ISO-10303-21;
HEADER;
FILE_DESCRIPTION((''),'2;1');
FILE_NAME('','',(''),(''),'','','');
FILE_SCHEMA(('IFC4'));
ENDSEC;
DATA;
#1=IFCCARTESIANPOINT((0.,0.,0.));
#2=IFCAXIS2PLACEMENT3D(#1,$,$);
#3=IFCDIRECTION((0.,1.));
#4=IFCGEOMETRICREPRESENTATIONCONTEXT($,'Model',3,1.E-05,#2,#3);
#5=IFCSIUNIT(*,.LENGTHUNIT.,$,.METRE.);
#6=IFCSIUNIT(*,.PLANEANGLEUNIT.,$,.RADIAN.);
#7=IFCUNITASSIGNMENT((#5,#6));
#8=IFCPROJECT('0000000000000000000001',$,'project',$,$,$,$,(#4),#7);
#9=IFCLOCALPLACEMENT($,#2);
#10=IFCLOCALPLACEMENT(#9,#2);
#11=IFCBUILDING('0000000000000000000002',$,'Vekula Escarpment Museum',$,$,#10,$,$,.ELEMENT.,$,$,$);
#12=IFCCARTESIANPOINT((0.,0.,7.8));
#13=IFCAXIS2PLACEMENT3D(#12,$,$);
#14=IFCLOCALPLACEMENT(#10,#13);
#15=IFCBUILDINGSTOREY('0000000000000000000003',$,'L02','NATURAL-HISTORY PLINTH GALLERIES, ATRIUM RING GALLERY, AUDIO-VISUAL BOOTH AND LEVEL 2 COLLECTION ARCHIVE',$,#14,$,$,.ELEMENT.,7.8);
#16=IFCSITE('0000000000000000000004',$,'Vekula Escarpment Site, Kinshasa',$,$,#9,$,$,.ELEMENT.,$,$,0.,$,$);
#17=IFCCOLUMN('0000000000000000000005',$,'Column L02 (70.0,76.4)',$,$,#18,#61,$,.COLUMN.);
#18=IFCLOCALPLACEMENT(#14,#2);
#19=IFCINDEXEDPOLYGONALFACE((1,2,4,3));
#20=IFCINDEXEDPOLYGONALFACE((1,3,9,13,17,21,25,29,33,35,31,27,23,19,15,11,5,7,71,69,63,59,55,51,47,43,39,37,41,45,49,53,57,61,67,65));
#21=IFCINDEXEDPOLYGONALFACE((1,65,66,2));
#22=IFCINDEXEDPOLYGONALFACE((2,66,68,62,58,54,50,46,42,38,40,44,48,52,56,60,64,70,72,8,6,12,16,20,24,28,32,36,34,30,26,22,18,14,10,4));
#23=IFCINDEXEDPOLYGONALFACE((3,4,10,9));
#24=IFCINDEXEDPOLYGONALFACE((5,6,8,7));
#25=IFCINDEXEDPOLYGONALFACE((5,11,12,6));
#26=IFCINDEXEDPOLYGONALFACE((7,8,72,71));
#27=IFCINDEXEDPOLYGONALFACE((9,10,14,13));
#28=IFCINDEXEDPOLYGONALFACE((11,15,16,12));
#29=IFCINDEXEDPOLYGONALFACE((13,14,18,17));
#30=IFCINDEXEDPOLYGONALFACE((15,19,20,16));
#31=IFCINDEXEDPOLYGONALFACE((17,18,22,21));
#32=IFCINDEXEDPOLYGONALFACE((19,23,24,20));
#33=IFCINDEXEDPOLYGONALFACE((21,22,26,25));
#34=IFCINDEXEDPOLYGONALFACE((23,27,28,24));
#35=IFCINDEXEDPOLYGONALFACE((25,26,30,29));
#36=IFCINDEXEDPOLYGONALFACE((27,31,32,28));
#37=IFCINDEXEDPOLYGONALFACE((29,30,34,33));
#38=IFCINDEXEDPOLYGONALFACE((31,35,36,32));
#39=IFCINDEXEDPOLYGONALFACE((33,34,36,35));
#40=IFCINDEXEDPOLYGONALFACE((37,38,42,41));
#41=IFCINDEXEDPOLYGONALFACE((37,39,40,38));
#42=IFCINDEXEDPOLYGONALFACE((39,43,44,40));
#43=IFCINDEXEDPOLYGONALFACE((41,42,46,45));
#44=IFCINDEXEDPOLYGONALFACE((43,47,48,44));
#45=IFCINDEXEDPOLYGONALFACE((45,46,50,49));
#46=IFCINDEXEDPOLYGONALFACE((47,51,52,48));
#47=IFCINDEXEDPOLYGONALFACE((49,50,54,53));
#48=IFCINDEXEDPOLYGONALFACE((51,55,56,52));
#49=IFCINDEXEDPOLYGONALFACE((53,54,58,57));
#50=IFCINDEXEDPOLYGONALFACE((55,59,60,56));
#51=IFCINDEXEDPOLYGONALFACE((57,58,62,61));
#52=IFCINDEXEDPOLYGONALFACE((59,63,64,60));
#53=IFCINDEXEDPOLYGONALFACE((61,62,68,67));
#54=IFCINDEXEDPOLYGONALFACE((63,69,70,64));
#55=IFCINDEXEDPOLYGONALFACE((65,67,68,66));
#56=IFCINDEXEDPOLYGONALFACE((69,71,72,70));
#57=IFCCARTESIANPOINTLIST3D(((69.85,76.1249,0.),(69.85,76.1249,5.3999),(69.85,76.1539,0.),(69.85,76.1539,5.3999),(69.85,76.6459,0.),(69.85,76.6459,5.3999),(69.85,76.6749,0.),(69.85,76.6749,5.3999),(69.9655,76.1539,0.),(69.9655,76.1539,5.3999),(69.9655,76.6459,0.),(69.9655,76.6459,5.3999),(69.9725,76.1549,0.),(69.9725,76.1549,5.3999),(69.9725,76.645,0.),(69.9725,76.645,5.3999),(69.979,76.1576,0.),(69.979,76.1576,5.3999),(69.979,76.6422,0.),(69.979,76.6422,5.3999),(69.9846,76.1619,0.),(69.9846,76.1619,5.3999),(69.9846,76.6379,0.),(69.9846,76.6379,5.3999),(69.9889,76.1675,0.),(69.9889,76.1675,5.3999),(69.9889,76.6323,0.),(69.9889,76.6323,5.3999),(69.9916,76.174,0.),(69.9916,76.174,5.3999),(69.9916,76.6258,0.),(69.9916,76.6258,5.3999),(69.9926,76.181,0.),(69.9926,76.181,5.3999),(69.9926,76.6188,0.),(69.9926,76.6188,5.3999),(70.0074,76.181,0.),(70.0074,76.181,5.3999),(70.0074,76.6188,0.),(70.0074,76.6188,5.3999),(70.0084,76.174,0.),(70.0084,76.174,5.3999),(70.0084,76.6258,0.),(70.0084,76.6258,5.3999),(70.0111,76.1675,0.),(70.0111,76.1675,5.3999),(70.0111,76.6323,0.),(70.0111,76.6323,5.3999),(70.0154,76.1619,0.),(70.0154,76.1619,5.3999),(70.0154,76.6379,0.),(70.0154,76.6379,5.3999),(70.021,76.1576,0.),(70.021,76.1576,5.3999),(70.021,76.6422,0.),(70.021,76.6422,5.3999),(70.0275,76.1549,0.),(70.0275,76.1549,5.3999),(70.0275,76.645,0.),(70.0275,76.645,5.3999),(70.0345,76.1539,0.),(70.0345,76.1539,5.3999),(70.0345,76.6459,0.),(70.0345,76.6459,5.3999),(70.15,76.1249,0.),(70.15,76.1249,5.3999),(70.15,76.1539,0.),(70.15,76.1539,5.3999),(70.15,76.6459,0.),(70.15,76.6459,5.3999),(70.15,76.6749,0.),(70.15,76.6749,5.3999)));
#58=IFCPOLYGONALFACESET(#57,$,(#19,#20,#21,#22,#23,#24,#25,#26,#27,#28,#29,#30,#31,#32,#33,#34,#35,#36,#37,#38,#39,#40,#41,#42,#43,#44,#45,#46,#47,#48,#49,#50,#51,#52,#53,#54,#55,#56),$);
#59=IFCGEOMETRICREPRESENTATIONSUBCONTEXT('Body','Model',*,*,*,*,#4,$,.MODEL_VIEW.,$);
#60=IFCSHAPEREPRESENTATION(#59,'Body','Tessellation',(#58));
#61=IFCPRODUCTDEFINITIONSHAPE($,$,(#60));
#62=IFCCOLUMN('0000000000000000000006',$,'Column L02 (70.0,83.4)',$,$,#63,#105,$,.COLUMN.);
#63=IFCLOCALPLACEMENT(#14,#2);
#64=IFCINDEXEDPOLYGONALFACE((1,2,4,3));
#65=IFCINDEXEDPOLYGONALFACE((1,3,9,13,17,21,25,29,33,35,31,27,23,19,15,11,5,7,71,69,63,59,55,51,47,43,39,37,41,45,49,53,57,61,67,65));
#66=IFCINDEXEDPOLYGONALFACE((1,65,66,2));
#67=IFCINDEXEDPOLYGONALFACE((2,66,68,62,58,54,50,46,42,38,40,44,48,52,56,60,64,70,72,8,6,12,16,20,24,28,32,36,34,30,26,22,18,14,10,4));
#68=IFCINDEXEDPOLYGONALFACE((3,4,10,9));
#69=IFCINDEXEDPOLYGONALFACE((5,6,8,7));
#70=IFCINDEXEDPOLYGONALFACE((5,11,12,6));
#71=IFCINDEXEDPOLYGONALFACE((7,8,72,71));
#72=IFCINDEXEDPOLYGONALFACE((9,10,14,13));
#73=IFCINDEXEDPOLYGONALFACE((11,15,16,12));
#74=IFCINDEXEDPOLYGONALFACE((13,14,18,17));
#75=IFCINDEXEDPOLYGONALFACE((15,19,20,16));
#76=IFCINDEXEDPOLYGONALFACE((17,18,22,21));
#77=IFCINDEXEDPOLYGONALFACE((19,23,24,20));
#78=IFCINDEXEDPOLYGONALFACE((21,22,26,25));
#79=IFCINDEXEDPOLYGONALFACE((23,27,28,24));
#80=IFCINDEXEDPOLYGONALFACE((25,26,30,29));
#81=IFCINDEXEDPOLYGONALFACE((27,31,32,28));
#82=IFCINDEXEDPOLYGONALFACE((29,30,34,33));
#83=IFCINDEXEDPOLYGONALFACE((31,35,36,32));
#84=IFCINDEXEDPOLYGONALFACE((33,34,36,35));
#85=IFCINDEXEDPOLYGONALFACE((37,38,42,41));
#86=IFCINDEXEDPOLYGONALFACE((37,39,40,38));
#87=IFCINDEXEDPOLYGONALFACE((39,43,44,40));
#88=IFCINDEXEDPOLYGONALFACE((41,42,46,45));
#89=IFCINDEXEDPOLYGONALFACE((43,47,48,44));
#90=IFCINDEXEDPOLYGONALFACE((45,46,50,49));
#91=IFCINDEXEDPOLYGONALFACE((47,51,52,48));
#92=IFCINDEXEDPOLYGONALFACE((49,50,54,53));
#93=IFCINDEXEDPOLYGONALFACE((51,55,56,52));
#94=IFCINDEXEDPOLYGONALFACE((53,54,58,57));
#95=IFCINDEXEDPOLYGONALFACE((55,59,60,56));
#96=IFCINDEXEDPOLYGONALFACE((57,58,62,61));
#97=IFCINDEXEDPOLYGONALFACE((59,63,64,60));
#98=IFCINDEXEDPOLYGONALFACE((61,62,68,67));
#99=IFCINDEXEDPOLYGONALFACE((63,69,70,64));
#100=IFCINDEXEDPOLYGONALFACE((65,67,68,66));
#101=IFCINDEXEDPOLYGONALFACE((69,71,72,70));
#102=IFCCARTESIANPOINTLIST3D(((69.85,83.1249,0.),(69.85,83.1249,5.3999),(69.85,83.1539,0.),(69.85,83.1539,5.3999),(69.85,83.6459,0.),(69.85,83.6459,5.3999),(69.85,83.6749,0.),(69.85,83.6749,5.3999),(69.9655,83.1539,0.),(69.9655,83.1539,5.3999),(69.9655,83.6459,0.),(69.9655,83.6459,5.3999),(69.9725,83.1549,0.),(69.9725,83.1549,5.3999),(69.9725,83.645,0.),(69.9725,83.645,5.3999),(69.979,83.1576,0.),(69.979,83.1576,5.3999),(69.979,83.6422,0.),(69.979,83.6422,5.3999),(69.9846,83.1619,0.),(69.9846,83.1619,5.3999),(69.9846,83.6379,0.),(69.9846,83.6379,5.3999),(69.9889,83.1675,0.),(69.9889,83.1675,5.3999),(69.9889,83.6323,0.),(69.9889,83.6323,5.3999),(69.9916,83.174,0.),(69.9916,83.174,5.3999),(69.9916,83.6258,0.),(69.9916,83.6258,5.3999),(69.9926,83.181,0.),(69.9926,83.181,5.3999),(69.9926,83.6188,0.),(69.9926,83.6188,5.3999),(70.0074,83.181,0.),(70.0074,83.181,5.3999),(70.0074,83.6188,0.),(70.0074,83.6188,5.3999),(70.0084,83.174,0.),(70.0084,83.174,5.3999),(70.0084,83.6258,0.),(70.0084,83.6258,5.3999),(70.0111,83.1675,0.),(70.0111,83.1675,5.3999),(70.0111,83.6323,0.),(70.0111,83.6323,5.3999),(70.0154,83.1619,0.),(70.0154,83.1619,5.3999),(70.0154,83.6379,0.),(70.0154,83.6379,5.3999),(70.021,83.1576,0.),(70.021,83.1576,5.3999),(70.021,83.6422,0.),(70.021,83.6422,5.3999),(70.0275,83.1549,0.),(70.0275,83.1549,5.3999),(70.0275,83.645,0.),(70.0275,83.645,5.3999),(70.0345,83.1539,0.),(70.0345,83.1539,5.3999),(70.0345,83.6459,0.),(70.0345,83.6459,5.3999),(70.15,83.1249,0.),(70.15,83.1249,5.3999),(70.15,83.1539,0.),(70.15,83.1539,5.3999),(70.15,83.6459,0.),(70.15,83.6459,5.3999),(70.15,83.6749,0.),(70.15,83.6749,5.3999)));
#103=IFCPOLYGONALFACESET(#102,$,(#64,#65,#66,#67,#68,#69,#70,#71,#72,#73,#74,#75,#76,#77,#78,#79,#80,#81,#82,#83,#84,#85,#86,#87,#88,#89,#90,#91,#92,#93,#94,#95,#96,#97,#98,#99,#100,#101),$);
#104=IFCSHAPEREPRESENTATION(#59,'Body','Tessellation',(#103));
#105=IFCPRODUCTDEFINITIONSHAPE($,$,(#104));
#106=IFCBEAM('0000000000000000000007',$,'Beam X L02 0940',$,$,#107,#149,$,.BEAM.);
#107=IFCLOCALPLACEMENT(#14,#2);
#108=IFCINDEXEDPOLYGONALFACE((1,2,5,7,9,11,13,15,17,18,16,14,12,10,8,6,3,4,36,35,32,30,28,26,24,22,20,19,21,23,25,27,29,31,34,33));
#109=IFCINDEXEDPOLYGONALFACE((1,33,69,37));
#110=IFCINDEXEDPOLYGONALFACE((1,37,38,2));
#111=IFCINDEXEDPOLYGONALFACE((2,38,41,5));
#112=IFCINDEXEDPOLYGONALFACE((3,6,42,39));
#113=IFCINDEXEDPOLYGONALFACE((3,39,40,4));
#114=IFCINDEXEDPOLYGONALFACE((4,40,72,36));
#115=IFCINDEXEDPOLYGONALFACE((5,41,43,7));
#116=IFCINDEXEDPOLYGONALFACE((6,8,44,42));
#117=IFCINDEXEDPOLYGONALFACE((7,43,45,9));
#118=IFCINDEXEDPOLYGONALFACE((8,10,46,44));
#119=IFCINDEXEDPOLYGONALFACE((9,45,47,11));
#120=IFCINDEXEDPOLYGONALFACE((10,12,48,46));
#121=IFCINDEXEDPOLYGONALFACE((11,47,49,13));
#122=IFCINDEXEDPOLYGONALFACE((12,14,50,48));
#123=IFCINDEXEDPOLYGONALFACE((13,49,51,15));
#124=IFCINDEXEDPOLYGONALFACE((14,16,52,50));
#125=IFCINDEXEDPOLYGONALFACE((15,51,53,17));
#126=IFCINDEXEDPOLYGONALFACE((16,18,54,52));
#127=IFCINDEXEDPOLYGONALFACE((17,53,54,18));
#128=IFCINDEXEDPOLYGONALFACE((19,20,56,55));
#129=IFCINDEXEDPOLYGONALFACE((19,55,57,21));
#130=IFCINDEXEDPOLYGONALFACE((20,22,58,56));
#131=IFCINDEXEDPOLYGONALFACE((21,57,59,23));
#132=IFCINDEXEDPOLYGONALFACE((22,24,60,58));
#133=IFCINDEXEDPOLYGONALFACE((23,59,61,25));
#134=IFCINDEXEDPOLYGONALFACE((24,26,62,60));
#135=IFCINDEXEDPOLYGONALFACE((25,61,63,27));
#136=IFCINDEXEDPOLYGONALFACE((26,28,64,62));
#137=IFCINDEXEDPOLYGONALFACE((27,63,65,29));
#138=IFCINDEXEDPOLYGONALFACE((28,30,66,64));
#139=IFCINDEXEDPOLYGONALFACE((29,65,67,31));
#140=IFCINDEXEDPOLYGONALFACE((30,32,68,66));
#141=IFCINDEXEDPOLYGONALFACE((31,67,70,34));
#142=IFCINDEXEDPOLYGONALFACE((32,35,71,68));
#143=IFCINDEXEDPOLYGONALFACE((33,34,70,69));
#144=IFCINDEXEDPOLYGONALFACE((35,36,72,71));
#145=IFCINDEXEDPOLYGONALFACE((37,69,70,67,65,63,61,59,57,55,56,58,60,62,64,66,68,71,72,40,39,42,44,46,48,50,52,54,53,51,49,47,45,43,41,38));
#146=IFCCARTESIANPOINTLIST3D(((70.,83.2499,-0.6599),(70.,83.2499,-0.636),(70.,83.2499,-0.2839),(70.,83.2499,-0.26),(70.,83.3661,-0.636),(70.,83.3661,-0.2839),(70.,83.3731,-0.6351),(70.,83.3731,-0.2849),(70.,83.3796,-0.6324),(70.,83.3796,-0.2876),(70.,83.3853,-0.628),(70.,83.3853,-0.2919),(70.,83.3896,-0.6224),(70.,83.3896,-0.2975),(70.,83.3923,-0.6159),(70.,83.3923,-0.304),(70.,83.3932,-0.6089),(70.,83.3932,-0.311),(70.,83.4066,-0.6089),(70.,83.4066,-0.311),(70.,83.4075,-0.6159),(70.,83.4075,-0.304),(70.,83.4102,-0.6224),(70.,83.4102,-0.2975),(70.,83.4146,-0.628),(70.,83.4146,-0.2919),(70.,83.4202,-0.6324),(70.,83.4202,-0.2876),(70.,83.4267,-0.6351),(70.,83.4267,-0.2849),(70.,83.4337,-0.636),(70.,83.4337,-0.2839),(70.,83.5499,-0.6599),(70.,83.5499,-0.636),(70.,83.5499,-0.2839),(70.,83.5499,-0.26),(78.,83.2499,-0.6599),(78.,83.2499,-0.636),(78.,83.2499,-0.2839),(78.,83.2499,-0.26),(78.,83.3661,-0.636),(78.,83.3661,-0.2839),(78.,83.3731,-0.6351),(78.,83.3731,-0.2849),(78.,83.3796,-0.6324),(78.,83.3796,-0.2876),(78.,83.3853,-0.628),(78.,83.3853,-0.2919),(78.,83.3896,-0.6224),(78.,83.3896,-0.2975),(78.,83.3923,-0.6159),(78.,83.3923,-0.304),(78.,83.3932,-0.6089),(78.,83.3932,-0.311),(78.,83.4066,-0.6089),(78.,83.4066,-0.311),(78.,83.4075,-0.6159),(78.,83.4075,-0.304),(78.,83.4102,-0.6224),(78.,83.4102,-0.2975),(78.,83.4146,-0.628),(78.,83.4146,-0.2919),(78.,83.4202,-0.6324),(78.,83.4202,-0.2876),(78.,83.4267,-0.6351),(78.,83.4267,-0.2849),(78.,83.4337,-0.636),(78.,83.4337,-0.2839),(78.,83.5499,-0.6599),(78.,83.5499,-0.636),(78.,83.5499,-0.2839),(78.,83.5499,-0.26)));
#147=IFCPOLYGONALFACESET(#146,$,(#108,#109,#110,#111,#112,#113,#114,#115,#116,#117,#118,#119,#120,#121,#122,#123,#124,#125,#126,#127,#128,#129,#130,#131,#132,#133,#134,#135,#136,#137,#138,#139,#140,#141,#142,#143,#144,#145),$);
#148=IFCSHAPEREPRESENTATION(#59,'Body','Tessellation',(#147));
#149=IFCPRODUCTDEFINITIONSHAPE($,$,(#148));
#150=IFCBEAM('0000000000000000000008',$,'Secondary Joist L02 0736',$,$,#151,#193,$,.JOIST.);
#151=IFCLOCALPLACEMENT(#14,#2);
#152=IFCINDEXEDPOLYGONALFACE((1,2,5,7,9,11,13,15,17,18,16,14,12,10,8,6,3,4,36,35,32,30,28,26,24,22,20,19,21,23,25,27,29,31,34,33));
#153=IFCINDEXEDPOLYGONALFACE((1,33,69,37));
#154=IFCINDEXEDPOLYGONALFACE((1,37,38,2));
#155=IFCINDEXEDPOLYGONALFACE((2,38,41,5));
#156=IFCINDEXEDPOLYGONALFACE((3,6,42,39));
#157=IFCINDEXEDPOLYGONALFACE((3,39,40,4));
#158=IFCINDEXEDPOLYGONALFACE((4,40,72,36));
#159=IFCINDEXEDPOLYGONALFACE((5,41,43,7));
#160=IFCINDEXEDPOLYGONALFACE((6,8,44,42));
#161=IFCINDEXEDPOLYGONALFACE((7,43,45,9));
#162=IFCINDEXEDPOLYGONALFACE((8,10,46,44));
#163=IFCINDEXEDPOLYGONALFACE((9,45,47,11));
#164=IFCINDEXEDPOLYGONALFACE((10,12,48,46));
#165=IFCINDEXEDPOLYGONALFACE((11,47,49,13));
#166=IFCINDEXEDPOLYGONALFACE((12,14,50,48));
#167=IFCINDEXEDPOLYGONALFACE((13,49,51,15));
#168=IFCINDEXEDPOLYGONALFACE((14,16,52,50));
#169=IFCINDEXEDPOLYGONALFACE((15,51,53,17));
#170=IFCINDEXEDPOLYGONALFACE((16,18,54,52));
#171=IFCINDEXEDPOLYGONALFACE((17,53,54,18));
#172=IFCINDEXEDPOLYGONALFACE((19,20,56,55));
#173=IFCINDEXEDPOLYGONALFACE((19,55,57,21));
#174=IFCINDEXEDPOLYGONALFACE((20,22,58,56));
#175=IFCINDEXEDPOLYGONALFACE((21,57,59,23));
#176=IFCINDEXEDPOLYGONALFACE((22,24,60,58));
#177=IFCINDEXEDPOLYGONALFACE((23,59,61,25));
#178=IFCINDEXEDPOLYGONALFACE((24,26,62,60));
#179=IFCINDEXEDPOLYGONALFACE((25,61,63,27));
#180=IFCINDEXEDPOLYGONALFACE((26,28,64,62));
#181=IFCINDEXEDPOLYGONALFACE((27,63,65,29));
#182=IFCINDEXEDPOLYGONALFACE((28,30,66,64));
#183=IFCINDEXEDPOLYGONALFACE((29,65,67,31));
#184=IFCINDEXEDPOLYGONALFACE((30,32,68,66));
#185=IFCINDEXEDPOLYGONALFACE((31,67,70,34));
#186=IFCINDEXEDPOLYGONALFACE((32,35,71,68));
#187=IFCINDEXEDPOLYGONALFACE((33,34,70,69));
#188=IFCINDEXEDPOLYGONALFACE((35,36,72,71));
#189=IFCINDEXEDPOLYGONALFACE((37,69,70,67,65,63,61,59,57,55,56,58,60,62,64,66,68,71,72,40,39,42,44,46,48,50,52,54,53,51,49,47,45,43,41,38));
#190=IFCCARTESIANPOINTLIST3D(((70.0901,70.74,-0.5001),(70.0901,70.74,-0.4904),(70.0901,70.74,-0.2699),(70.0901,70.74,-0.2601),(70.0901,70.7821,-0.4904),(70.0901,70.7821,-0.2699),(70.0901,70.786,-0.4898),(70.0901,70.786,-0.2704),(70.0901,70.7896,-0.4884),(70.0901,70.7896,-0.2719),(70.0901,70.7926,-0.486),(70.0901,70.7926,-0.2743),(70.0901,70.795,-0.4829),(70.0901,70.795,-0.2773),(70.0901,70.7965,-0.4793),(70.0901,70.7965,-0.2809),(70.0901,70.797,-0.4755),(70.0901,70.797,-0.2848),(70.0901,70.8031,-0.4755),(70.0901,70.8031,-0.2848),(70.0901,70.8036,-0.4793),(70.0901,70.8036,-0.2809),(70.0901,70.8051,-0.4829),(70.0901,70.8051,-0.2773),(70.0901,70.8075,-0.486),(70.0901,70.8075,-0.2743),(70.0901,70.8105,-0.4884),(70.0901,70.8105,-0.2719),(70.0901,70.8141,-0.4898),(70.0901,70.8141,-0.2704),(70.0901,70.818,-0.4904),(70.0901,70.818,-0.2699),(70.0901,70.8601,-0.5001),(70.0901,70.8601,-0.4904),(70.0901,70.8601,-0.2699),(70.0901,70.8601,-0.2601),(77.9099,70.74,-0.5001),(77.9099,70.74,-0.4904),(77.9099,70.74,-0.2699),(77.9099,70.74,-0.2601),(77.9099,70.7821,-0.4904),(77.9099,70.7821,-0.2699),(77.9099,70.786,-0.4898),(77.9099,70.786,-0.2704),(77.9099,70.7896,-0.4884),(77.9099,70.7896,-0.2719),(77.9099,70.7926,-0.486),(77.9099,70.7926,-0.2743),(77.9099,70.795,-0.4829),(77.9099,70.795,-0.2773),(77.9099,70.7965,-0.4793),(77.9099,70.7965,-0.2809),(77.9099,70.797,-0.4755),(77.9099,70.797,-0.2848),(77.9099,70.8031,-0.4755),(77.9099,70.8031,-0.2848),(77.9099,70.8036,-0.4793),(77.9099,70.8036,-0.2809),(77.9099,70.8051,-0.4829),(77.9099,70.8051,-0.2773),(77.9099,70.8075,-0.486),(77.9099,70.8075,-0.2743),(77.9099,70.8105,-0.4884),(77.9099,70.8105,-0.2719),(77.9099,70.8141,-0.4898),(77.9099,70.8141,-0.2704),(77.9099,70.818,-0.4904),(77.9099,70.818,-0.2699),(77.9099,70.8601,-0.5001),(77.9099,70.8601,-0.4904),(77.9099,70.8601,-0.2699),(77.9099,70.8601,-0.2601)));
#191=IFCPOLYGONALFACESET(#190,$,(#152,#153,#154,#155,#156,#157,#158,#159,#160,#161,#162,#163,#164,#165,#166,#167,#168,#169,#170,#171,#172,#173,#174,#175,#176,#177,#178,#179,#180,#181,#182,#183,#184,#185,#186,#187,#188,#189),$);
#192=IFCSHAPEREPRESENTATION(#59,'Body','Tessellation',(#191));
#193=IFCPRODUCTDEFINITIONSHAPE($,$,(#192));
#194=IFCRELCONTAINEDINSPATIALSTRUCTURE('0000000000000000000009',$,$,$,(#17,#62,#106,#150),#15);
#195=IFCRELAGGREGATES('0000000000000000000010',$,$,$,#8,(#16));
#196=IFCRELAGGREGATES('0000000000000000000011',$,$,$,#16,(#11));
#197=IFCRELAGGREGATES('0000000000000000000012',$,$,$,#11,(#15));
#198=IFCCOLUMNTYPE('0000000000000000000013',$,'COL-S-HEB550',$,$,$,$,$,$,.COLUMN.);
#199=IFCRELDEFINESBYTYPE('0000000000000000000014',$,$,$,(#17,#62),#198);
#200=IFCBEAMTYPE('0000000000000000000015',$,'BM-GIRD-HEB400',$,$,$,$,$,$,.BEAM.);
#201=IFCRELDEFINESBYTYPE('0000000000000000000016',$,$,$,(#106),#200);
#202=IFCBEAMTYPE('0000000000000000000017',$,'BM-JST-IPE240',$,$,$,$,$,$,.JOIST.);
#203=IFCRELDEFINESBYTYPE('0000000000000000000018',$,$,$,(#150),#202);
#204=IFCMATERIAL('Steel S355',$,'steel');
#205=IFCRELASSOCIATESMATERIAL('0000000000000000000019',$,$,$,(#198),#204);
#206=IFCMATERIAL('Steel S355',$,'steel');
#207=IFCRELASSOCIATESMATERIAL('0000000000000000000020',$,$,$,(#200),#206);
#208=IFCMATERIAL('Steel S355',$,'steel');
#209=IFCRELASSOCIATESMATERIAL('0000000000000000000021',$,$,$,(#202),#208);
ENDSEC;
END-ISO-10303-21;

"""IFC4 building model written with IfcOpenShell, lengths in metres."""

from ifc_helpers import new_model, si_unit, direction, frame, origin, origin_2d, place, context, subcontext, project, spatial, i_section, extrude, material, material_profile, profile_set, type_object, element, save


model = new_model("IFC4")

# Units and contexts
model_context = context("Model", 3, precision=1e-05, world=origin(), true_north=direction((0.0, 1.0)))
body_context = subcontext(model_context, "Body", "Model", "MODEL_VIEW")
ifc_project = project(units=[si_unit("LENGTHUNIT", "METRE"), si_unit("PLANEANGLEUNIT", "RADIAN")], contexts=[model_context])

# Site, building, storey
site_placement = place(None, origin())
site = spatial("IfcSite", under=ifc_project, at=site_placement, Name="Vekula Escarpment Site, Kinshasa", CompositionType="ELEMENT", RefElevation=0.0)
building_placement = place(site_placement, origin())
building = spatial("IfcBuilding", under=site, at=building_placement, Name="Vekula Escarpment Museum", CompositionType="ELEMENT")
storey_placement = place(building_placement, frame((0.0, 0.0, 7.8)))
storey = spatial("IfcBuildingStorey", under=building, at=storey_placement, Name="L02", Description="NATURAL-HISTORY PLINTH GALLERIES, ATRIUM RING GALLERY, AUDIO-VISUAL BOOTH AND LEVEL 2 COLLECTION ARCHIVE", CompositionType="ELEMENT", Elevation=7.8)

# Columns
ifc_material_1 = material(Name="Steel S355", Category="steel")
ifc_material_profile_1 = material_profile(ifc_material_1, i_section(OverallWidth=0.3, OverallDepth=0.55, WebThickness=0.0149, FlangeThickness=0.0291, FilletRadius=0.0271, at=origin_2d()), Name="HEB 550")
ifc_profile_set_1 = profile_set([ifc_material_profile_1], Name="Steel S355")
column_type = type_object("IfcColumnType", Name="COL-S-HEB550", PredefinedType="COLUMN", material=ifc_profile_set_1)
for number, where, z_axis, x_axis, name in (
    (1, (70.0, 76.3999, 0.0), (0.0, 0.0, 1.0), (1.0, 0.0, 0.0), "Column L02 (70.0,76.4)"),
    (2, (70.0, 83.3999, 0.0), (0.0, 0.0, 1.0), (1.0, 0.0, 0.0), "Column L02 (70.0,83.4)"),
):
    element("IfcColumn", number, at=place(storey_placement, frame(where, z_axis=z_axis, x_axis=x_axis)), inside=storey, type_object=column_type, Name=name, PredefinedType="COLUMN", context=body_context, shape_type="SweptSolid", body=[
        extrude(i_section(OverallWidth=0.3, OverallDepth=0.55, WebThickness=0.0149, FlangeThickness=0.0291, FilletRadius=0.0271, at=origin_2d()), origin(), (0.0, 0.0, 1.0), 5.3999),
    ])

# Beams
ifc_material_2 = material(Name="Steel S355", Category="steel")
ifc_material_profile_2 = material_profile(ifc_material_2, i_section(OverallWidth=0.3, OverallDepth=0.3999, WebThickness=0.0134, FlangeThickness=0.0239, FilletRadius=0.0271, at=origin_2d()), Name="HEB 400")
ifc_profile_set_2 = profile_set([ifc_material_profile_2], Name="Steel S355")
beam_type_1 = type_object("IfcBeamType", Name="BM-GIRD-HEB400", PredefinedType="BEAM", material=ifc_profile_set_2)
beam_1_placement = place(storey_placement, frame((70.0, 83.3999, -0.46), z_axis=(1.0, 0.0, 0.0), x_axis=(0.0, 1.0, 0.0)))
element("IfcBeam", 3, at=beam_1_placement, inside=storey, type_object=beam_type_1, Name="Beam X L02 0940", PredefinedType="BEAM", context=body_context, shape_type="SweptSolid", body=[
    extrude(i_section(OverallWidth=0.3, OverallDepth=0.3999, WebThickness=0.0134, FlangeThickness=0.0239, FilletRadius=0.0271, at=origin_2d()), origin(), (0.0, 0.0, 1.0), 8.0),
])
ifc_material_3 = material(Name="Steel S355", Category="steel")
ifc_material_profile_3 = material_profile(ifc_material_3, i_section(OverallWidth=0.1201, OverallDepth=0.24, WebThickness=0.0061, FlangeThickness=0.0098, FilletRadius=0.0149, at=origin_2d()), Name="IPE 240")
ifc_profile_set_3 = profile_set([ifc_material_profile_3], Name="Steel S355")
beam_type_2 = type_object("IfcBeamType", Name="BM-JST-IPE240", PredefinedType="JOIST", material=ifc_profile_set_3)
for number, where, z_axis, x_axis, name in (
    (4, (70.0901, 70.8, -0.3801), (1.0, 0.0, 0.0), (0.0, 1.0, 0.0), "Secondary Joist L02 0736"),
):
    element("IfcBeam", number, at=place(storey_placement, frame(where, z_axis=z_axis, x_axis=x_axis)), inside=storey, type_object=beam_type_2, Name=name, PredefinedType="JOIST", context=body_context, shape_type="SweptSolid", body=[
        extrude(i_section(OverallWidth=0.1201, OverallDepth=0.24, WebThickness=0.0061, FlangeThickness=0.0098, FilletRadius=0.0149, at=origin_2d()), origin(), (0.0, 0.0, 1.0), 7.8198),
    ])

save(model, "model.ifc")
